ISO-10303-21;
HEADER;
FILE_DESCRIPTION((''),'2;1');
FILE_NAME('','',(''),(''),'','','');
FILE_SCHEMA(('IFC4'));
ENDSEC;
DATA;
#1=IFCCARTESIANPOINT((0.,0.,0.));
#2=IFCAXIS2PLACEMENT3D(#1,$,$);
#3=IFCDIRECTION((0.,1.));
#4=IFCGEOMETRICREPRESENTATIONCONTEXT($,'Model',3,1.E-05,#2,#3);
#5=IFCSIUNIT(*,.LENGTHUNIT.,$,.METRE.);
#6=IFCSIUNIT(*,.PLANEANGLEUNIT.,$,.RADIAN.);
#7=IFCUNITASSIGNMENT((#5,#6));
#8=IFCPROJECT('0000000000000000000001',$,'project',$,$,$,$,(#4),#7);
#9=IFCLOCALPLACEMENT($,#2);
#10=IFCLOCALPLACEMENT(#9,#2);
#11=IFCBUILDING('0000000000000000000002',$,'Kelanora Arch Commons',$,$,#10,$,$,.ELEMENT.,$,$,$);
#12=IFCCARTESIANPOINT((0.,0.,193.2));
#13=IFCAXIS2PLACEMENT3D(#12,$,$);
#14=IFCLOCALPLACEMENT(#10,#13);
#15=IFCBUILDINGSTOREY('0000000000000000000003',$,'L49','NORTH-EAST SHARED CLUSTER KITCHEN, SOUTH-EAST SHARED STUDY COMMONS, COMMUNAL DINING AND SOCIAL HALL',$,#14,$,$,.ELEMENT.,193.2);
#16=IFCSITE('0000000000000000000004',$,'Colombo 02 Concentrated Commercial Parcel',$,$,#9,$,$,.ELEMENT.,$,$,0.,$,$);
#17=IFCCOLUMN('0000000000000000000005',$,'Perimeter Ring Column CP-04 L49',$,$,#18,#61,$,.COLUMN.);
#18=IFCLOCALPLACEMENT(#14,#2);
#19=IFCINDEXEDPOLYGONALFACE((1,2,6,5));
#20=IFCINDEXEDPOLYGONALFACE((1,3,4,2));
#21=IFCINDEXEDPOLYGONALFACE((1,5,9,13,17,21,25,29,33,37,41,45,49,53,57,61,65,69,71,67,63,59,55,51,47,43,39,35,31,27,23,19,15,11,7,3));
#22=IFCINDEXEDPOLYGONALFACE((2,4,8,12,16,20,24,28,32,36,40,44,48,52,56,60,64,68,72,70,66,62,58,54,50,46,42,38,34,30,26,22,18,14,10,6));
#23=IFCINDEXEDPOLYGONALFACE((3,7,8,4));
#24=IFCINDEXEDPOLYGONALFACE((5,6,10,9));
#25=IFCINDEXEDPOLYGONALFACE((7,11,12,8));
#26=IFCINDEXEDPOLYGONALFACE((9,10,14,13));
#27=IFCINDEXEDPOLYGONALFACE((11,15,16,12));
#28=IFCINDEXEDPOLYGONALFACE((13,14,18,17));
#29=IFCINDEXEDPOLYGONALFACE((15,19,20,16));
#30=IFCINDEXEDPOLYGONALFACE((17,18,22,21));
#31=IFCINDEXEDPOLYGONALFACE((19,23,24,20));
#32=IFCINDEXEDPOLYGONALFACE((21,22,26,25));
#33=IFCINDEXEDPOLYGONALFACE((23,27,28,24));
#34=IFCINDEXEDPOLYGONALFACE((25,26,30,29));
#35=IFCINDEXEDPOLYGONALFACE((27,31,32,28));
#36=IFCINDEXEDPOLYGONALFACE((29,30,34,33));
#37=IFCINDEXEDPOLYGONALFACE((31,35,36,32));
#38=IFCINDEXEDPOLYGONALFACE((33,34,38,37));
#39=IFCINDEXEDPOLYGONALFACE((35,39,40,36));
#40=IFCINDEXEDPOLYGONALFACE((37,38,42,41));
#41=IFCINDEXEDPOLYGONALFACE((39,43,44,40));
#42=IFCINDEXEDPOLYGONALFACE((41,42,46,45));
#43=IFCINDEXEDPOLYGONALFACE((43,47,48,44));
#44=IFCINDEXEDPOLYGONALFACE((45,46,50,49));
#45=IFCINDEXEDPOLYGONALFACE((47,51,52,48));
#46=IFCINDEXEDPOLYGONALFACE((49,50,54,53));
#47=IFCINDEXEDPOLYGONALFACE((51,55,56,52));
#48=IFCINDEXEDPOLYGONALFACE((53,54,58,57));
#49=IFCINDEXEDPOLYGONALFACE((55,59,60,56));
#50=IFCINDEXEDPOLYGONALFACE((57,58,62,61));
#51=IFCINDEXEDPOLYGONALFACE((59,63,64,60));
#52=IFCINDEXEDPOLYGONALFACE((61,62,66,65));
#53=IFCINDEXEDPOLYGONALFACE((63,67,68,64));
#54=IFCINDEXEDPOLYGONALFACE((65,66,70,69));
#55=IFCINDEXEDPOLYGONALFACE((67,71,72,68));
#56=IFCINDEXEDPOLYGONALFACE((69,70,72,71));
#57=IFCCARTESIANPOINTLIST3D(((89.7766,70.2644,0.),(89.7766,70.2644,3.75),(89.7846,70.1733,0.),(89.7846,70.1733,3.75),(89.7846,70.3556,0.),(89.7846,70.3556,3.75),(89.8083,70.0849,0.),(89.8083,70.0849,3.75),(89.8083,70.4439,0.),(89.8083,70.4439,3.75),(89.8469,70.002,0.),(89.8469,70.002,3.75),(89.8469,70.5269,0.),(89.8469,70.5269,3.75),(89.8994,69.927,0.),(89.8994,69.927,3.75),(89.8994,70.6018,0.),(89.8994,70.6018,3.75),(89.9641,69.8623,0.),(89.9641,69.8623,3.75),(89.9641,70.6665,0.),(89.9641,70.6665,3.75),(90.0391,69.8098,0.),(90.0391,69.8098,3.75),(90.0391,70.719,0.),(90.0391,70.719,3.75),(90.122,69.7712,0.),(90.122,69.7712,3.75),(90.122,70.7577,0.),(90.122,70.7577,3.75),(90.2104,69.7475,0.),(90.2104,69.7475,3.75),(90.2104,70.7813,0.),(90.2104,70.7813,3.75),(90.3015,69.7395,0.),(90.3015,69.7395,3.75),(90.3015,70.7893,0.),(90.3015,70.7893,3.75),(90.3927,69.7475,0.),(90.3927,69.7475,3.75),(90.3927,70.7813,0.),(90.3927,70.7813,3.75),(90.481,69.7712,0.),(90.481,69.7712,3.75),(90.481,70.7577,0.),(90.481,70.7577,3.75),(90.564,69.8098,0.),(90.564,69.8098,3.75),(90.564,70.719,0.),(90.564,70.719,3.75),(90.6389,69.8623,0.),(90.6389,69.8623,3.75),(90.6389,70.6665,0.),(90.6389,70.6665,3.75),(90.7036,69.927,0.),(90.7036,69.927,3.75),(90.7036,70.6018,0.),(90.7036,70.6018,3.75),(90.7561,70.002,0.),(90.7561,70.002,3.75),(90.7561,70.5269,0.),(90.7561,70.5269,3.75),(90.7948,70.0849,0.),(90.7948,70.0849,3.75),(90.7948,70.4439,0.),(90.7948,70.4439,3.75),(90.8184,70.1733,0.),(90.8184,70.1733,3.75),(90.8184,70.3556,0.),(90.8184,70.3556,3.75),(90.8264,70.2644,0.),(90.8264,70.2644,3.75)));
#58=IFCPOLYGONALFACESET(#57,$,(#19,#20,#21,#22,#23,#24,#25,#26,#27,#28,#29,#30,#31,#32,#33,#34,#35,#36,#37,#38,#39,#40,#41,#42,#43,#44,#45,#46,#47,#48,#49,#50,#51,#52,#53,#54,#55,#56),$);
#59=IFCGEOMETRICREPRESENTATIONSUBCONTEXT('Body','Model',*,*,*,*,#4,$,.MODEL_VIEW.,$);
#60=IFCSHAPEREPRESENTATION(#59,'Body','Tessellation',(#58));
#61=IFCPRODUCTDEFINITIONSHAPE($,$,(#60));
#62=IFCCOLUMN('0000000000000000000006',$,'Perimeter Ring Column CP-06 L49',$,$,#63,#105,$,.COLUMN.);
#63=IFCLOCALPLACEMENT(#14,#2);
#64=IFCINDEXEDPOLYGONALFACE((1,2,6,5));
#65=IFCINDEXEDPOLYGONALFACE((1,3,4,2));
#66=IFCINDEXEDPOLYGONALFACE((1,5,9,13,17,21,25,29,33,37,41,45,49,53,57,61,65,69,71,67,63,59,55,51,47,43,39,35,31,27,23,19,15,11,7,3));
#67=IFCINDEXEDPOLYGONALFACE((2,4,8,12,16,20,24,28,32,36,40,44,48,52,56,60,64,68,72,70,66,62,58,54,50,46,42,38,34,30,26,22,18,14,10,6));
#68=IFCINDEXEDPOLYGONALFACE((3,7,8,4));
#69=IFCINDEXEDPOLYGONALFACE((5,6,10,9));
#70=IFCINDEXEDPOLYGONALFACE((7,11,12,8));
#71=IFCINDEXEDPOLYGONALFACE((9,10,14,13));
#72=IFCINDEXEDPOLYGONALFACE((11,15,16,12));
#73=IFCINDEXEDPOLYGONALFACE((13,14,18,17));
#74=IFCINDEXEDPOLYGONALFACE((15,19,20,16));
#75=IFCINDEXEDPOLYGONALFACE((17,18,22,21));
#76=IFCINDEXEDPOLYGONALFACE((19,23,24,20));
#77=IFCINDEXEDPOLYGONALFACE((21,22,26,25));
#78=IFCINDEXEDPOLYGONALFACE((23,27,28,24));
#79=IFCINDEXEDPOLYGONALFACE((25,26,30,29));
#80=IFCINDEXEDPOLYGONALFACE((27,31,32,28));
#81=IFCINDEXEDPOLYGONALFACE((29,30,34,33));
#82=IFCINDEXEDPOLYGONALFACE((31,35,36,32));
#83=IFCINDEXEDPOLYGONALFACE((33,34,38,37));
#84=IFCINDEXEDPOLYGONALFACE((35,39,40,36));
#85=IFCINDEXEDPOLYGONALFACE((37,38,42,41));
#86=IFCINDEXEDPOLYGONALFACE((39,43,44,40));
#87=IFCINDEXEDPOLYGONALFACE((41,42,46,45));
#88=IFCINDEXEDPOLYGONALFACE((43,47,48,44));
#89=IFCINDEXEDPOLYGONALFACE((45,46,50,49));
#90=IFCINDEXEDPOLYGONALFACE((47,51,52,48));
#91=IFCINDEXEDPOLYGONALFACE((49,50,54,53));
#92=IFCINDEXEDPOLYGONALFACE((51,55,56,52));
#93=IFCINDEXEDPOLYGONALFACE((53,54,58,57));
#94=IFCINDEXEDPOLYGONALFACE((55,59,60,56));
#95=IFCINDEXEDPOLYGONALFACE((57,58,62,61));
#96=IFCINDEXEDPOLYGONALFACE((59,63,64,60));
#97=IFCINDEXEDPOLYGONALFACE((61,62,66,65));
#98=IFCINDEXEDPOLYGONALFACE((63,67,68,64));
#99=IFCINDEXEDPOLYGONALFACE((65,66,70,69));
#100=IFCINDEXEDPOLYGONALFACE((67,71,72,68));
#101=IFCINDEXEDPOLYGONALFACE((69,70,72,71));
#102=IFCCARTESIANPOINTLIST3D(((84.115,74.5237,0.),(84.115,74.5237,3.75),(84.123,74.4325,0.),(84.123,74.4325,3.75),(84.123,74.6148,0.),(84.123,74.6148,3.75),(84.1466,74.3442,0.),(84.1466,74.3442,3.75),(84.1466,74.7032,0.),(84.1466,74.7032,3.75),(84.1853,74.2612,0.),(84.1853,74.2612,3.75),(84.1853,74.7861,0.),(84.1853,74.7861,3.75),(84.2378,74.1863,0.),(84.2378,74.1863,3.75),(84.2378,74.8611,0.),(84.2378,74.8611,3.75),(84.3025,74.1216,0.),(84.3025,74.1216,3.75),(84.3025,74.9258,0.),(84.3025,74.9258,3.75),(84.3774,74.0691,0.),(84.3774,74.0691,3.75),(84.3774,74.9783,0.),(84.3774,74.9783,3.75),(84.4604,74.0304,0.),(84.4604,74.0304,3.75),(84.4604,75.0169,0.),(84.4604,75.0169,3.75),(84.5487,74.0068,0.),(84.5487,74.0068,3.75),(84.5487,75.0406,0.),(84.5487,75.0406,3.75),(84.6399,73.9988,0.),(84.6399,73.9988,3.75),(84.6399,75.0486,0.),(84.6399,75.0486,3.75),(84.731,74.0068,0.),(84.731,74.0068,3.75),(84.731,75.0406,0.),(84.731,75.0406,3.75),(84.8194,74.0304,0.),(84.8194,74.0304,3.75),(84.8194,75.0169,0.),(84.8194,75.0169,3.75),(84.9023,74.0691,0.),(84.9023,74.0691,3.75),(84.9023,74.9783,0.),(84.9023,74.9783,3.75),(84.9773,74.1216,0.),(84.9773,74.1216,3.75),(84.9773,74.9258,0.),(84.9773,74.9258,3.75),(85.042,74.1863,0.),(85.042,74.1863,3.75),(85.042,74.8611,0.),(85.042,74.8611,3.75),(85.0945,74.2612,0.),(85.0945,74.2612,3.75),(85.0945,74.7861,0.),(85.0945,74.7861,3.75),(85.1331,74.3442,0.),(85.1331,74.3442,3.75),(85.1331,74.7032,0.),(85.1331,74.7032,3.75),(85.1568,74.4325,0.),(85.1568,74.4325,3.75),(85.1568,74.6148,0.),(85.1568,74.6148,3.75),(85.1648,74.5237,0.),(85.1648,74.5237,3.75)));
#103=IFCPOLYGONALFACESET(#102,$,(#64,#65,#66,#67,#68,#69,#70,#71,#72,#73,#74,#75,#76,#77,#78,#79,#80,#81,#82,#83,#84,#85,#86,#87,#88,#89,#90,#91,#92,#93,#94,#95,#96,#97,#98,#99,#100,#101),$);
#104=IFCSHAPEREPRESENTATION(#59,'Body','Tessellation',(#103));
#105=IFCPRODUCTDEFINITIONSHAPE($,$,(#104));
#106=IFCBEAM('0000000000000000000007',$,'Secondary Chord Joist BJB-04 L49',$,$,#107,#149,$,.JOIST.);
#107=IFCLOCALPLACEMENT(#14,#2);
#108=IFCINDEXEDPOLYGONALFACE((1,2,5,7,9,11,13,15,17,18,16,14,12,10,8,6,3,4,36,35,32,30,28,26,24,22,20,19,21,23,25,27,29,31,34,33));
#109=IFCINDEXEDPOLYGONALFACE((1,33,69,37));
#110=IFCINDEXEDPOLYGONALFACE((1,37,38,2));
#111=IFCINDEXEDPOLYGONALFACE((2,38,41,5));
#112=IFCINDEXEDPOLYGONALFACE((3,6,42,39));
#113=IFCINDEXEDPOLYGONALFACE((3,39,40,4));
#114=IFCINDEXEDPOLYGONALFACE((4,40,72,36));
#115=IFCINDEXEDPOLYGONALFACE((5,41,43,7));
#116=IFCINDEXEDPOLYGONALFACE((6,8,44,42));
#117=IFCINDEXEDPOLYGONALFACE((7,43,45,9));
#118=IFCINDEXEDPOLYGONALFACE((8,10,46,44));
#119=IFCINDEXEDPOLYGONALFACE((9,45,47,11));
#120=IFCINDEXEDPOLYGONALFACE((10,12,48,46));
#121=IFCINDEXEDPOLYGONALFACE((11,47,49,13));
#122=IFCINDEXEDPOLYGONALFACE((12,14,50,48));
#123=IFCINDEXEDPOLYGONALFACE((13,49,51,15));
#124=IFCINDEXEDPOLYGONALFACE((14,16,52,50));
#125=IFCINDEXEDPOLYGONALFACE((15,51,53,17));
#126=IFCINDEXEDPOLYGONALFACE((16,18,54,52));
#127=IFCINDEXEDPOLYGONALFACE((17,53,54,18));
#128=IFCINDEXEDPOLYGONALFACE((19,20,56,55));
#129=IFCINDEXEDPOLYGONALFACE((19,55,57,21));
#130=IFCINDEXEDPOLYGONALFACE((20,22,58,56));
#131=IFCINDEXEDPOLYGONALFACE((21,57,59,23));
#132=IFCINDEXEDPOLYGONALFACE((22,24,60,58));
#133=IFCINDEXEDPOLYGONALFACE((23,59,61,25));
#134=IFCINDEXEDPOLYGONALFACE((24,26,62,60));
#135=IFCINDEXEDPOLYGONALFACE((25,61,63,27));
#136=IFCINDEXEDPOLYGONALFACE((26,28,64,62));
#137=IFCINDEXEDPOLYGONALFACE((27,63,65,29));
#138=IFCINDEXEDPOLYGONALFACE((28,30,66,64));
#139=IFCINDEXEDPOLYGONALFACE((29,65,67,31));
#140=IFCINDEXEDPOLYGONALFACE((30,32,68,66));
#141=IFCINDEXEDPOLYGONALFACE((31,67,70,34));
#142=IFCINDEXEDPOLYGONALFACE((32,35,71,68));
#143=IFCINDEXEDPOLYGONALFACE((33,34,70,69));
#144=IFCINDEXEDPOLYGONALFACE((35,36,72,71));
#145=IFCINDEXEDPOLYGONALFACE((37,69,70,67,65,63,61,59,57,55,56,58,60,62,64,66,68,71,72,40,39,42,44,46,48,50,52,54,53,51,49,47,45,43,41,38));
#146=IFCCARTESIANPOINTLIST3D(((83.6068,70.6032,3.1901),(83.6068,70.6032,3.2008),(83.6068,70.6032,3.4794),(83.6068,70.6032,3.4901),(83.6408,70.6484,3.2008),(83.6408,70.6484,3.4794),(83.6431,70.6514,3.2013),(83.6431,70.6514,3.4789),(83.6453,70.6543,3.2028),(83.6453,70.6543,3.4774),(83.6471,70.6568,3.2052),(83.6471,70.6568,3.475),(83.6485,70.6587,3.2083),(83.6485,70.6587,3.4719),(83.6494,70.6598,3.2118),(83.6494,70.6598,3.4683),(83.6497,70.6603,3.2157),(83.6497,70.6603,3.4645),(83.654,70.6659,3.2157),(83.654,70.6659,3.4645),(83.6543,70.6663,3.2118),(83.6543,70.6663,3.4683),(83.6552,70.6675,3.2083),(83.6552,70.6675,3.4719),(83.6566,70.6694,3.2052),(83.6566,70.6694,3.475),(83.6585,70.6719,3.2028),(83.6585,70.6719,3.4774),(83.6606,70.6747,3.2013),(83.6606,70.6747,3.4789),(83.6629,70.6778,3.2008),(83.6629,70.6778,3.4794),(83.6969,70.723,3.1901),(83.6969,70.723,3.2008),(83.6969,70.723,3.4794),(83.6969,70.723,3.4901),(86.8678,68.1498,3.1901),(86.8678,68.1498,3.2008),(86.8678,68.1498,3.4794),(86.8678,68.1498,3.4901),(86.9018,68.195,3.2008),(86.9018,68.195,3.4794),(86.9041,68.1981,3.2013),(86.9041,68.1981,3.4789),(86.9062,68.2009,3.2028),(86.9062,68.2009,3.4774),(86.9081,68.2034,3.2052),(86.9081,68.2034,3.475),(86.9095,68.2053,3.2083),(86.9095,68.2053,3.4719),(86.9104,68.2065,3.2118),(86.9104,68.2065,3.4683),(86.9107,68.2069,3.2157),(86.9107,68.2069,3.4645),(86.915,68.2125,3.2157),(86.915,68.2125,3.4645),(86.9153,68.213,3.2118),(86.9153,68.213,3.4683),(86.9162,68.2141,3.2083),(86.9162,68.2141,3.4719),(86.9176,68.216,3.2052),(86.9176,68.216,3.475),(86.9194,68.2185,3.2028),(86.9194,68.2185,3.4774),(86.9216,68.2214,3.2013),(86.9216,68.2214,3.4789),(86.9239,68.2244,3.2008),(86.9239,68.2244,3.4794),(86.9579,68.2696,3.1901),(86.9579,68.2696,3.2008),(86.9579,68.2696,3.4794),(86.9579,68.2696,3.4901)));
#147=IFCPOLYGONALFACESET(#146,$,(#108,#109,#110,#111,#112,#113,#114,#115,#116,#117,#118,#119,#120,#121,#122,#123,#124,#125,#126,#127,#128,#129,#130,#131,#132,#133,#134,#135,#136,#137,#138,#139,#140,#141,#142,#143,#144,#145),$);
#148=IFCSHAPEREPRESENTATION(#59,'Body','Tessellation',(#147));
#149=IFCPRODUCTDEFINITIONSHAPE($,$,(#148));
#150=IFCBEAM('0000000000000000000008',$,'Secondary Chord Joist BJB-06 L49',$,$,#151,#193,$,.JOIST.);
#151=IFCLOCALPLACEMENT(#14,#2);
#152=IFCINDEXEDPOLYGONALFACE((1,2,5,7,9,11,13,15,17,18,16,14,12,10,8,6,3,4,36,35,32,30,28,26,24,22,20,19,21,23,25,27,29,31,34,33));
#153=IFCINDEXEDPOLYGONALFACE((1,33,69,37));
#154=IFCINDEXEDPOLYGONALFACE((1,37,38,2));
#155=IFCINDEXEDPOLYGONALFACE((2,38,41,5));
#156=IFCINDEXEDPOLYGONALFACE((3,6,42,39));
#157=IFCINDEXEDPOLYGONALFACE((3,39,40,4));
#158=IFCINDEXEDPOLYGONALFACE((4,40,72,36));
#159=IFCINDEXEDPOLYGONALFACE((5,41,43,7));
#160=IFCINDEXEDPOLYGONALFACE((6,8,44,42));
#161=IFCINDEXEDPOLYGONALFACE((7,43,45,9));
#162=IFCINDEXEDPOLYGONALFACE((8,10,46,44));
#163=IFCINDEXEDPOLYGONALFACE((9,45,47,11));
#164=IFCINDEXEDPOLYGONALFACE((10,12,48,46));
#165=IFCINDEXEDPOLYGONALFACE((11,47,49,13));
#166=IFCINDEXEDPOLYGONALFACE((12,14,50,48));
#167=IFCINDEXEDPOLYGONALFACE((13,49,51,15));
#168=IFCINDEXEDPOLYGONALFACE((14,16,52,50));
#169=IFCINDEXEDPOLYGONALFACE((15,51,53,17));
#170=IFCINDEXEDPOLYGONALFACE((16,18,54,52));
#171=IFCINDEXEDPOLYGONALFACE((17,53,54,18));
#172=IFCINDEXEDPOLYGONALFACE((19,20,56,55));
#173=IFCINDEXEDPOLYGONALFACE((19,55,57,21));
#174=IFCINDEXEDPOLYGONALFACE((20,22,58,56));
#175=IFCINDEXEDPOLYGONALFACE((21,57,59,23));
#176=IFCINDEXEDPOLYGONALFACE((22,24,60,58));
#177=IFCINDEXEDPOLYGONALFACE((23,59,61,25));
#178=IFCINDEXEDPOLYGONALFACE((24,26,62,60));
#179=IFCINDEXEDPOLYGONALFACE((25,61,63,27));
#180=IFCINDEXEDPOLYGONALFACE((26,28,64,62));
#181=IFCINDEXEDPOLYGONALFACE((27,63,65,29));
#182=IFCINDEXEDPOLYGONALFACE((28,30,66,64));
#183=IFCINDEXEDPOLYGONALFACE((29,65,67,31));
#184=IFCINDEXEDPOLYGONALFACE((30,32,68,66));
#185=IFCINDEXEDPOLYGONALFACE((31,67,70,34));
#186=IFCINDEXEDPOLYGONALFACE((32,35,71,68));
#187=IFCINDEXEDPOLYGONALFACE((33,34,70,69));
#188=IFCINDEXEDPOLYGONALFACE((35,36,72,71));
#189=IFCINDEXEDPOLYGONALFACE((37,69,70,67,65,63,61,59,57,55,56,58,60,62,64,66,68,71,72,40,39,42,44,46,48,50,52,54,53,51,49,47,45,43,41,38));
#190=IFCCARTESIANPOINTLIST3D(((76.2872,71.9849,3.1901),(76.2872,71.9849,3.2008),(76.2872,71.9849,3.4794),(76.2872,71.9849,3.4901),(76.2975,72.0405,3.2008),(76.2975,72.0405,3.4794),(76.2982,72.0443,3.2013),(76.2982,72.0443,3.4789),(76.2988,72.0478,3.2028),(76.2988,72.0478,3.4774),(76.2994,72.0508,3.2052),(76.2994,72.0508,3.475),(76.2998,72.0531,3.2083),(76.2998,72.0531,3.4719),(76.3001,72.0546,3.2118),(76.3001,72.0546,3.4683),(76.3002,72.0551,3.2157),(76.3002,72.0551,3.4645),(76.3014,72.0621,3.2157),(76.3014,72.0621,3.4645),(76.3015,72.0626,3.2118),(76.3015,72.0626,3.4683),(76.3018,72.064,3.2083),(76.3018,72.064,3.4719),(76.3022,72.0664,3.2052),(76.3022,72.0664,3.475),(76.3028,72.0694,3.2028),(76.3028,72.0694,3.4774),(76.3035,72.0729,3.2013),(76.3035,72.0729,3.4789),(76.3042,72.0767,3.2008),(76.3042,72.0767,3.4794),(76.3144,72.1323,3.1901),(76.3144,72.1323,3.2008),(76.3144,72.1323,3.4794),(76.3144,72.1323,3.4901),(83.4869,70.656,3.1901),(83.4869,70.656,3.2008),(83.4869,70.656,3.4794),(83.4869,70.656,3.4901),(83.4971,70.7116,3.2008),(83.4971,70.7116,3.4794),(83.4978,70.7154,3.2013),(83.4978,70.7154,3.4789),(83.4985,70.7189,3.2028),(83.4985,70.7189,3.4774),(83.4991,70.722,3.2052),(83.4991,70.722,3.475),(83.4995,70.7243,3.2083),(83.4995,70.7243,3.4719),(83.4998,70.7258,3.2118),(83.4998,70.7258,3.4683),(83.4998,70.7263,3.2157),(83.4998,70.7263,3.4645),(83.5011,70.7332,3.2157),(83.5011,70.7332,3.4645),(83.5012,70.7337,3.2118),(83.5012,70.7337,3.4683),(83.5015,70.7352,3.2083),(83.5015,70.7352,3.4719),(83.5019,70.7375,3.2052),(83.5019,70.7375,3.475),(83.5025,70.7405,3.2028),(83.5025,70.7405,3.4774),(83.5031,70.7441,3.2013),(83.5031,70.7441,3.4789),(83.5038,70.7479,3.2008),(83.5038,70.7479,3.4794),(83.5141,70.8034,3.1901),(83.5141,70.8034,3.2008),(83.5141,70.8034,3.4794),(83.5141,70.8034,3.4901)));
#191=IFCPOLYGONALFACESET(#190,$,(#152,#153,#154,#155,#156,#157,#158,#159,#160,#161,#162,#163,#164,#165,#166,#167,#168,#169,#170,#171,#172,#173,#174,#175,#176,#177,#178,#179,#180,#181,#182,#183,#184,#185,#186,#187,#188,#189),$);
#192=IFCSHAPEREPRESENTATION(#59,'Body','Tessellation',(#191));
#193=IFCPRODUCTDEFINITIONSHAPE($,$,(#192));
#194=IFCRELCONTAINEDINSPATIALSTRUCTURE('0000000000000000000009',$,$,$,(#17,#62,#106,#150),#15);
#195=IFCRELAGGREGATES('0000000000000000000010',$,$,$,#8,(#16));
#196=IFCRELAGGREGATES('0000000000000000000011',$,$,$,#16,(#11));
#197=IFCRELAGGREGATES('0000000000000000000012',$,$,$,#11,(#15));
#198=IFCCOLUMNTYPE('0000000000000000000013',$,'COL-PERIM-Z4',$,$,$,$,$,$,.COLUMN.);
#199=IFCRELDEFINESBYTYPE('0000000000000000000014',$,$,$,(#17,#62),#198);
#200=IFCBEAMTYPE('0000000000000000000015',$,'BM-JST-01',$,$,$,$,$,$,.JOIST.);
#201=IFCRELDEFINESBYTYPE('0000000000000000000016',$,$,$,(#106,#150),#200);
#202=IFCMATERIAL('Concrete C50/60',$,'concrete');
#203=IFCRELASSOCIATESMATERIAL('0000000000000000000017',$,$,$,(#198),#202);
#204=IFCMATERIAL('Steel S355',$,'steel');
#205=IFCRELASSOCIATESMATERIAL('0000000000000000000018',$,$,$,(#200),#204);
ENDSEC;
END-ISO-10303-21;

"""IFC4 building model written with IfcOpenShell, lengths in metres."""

from ifc_helpers import new_model, si_unit, direction, frame, origin, origin_2d, place, context, subcontext, project, spatial, circle, i_section, extrude, material, material_profile, profile_set, type_object, element, save


model = new_model("IFC4")

# Units and contexts
model_context = context("Model", 3, precision=1e-05, world=origin(), true_north=direction((0.0, 1.0)))
body_context = subcontext(model_context, "Body", "Model", "MODEL_VIEW")
ifc_project = project(units=[si_unit("LENGTHUNIT", "METRE"), si_unit("PLANEANGLEUNIT", "RADIAN")], contexts=[model_context])

# Site, building, storey
site_placement = place(None, origin())
site = spatial("IfcSite", under=ifc_project, at=site_placement, Name="Colombo 02 Concentrated Commercial Parcel", CompositionType="ELEMENT", RefElevation=0.0)
building_placement = place(site_placement, origin())
building = spatial("IfcBuilding", under=site, at=building_placement, Name="Kelanora Arch Commons", CompositionType="ELEMENT")
storey_placement = place(building_placement, frame((0.0, 0.0, 193.2)))
storey = spatial("IfcBuildingStorey", under=building, at=storey_placement, Name="L49", Description="NORTH-EAST SHARED CLUSTER KITCHEN, SOUTH-EAST SHARED STUDY COMMONS, COMMUNAL DINING AND SOCIAL HALL", CompositionType="ELEMENT", Elevation=193.2)

# Columns
ifc_material_1 = material(Name="Concrete C50/60", Category="concrete")
ifc_material_profile_1 = material_profile(ifc_material_1, circle(Radius=0.5249, at=origin_2d()), Name="RCC1050")
ifc_profile_set_1 = profile_set([ifc_material_profile_1], Name="Concrete C50/60")
column_type = type_object("IfcColumnType", Name="COL-PERIM-Z4", PredefinedType="COLUMN", material=ifc_profile_set_1)
for number, where, z_axis, x_axis, name in (
    (1, (90.3015, 70.2644, 0.0), (0.0, 0.0, 1.0), (1.0, 0.0, 0.0), "Perimeter Ring Column CP-04 L49"),
    (2, (84.6399, 74.5237, 0.0), (0.0, 0.0, 1.0), (1.0, 0.0, 0.0), "Perimeter Ring Column CP-06 L49"),
):
    element("IfcColumn", number, at=place(storey_placement, frame(where, z_axis=z_axis, x_axis=x_axis)), inside=storey, type_object=column_type, Name=name, PredefinedType="COLUMN", context=body_context, shape_type="SweptSolid", body=[
        extrude(circle(Radius=0.5249, at=origin_2d()), origin(), (0.0, 0.0, 1.0), 3.75),
    ])

# Beams
ifc_material_2 = material(Name="Steel S355", Category="steel")
ifc_material_profile_2 = material_profile(ifc_material_2, i_section(OverallWidth=0.1499, OverallDepth=0.3, WebThickness=0.0071, FlangeThickness=0.0107, FilletRadius=0.0149, at=origin_2d()), Name="IPE300")
ifc_profile_set_2 = profile_set([ifc_material_profile_2], Name="Steel S355")
beam_type_1 = type_object("IfcBeamType", Name="BM-JST-01", PredefinedType="JOIST", material=ifc_profile_set_2)
beam_1_placement = place(storey_placement, frame((86.9128, 68.2097, 3.3401), z_axis=(-0.799102, 0.601196, 0.0), x_axis=(-0.601196, -0.799102, 0.0)))
element("IfcBeam", 3, at=beam_1_placement, inside=storey, type_object=beam_type_1, Name="Secondary Chord Joist BJB-04 L49", PredefinedType="JOIST", context=body_context, shape_type="SweptSolid", body=[
    extrude(i_section(OverallWidth=0.1499, OverallDepth=0.3, WebThickness=0.0071, FlangeThickness=0.0107, FilletRadius=0.0149, at=origin_2d()), origin(), (0.0, 0.0, 1.0), 4.0808),
])
beam_2_placement = place(storey_placement, frame((83.5005, 70.7297, 3.3401), z_axis=(-0.98339, 0.181505, 0.0), x_axis=(-0.181505, -0.98339, 0.0)))
element("IfcBeam", 4, at=beam_2_placement, inside=storey, type_object=beam_type_1, Name="Secondary Chord Joist BJB-06 L49", PredefinedType="JOIST", context=body_context, shape_type="SweptSolid", body=[
    extrude(i_section(OverallWidth=0.1499, OverallDepth=0.3, WebThickness=0.0071, FlangeThickness=0.0107, FilletRadius=0.0149, at=origin_2d()), origin(), (0.0, 0.0, 1.0), 7.3213),
])

save(model, "model.ifc")
